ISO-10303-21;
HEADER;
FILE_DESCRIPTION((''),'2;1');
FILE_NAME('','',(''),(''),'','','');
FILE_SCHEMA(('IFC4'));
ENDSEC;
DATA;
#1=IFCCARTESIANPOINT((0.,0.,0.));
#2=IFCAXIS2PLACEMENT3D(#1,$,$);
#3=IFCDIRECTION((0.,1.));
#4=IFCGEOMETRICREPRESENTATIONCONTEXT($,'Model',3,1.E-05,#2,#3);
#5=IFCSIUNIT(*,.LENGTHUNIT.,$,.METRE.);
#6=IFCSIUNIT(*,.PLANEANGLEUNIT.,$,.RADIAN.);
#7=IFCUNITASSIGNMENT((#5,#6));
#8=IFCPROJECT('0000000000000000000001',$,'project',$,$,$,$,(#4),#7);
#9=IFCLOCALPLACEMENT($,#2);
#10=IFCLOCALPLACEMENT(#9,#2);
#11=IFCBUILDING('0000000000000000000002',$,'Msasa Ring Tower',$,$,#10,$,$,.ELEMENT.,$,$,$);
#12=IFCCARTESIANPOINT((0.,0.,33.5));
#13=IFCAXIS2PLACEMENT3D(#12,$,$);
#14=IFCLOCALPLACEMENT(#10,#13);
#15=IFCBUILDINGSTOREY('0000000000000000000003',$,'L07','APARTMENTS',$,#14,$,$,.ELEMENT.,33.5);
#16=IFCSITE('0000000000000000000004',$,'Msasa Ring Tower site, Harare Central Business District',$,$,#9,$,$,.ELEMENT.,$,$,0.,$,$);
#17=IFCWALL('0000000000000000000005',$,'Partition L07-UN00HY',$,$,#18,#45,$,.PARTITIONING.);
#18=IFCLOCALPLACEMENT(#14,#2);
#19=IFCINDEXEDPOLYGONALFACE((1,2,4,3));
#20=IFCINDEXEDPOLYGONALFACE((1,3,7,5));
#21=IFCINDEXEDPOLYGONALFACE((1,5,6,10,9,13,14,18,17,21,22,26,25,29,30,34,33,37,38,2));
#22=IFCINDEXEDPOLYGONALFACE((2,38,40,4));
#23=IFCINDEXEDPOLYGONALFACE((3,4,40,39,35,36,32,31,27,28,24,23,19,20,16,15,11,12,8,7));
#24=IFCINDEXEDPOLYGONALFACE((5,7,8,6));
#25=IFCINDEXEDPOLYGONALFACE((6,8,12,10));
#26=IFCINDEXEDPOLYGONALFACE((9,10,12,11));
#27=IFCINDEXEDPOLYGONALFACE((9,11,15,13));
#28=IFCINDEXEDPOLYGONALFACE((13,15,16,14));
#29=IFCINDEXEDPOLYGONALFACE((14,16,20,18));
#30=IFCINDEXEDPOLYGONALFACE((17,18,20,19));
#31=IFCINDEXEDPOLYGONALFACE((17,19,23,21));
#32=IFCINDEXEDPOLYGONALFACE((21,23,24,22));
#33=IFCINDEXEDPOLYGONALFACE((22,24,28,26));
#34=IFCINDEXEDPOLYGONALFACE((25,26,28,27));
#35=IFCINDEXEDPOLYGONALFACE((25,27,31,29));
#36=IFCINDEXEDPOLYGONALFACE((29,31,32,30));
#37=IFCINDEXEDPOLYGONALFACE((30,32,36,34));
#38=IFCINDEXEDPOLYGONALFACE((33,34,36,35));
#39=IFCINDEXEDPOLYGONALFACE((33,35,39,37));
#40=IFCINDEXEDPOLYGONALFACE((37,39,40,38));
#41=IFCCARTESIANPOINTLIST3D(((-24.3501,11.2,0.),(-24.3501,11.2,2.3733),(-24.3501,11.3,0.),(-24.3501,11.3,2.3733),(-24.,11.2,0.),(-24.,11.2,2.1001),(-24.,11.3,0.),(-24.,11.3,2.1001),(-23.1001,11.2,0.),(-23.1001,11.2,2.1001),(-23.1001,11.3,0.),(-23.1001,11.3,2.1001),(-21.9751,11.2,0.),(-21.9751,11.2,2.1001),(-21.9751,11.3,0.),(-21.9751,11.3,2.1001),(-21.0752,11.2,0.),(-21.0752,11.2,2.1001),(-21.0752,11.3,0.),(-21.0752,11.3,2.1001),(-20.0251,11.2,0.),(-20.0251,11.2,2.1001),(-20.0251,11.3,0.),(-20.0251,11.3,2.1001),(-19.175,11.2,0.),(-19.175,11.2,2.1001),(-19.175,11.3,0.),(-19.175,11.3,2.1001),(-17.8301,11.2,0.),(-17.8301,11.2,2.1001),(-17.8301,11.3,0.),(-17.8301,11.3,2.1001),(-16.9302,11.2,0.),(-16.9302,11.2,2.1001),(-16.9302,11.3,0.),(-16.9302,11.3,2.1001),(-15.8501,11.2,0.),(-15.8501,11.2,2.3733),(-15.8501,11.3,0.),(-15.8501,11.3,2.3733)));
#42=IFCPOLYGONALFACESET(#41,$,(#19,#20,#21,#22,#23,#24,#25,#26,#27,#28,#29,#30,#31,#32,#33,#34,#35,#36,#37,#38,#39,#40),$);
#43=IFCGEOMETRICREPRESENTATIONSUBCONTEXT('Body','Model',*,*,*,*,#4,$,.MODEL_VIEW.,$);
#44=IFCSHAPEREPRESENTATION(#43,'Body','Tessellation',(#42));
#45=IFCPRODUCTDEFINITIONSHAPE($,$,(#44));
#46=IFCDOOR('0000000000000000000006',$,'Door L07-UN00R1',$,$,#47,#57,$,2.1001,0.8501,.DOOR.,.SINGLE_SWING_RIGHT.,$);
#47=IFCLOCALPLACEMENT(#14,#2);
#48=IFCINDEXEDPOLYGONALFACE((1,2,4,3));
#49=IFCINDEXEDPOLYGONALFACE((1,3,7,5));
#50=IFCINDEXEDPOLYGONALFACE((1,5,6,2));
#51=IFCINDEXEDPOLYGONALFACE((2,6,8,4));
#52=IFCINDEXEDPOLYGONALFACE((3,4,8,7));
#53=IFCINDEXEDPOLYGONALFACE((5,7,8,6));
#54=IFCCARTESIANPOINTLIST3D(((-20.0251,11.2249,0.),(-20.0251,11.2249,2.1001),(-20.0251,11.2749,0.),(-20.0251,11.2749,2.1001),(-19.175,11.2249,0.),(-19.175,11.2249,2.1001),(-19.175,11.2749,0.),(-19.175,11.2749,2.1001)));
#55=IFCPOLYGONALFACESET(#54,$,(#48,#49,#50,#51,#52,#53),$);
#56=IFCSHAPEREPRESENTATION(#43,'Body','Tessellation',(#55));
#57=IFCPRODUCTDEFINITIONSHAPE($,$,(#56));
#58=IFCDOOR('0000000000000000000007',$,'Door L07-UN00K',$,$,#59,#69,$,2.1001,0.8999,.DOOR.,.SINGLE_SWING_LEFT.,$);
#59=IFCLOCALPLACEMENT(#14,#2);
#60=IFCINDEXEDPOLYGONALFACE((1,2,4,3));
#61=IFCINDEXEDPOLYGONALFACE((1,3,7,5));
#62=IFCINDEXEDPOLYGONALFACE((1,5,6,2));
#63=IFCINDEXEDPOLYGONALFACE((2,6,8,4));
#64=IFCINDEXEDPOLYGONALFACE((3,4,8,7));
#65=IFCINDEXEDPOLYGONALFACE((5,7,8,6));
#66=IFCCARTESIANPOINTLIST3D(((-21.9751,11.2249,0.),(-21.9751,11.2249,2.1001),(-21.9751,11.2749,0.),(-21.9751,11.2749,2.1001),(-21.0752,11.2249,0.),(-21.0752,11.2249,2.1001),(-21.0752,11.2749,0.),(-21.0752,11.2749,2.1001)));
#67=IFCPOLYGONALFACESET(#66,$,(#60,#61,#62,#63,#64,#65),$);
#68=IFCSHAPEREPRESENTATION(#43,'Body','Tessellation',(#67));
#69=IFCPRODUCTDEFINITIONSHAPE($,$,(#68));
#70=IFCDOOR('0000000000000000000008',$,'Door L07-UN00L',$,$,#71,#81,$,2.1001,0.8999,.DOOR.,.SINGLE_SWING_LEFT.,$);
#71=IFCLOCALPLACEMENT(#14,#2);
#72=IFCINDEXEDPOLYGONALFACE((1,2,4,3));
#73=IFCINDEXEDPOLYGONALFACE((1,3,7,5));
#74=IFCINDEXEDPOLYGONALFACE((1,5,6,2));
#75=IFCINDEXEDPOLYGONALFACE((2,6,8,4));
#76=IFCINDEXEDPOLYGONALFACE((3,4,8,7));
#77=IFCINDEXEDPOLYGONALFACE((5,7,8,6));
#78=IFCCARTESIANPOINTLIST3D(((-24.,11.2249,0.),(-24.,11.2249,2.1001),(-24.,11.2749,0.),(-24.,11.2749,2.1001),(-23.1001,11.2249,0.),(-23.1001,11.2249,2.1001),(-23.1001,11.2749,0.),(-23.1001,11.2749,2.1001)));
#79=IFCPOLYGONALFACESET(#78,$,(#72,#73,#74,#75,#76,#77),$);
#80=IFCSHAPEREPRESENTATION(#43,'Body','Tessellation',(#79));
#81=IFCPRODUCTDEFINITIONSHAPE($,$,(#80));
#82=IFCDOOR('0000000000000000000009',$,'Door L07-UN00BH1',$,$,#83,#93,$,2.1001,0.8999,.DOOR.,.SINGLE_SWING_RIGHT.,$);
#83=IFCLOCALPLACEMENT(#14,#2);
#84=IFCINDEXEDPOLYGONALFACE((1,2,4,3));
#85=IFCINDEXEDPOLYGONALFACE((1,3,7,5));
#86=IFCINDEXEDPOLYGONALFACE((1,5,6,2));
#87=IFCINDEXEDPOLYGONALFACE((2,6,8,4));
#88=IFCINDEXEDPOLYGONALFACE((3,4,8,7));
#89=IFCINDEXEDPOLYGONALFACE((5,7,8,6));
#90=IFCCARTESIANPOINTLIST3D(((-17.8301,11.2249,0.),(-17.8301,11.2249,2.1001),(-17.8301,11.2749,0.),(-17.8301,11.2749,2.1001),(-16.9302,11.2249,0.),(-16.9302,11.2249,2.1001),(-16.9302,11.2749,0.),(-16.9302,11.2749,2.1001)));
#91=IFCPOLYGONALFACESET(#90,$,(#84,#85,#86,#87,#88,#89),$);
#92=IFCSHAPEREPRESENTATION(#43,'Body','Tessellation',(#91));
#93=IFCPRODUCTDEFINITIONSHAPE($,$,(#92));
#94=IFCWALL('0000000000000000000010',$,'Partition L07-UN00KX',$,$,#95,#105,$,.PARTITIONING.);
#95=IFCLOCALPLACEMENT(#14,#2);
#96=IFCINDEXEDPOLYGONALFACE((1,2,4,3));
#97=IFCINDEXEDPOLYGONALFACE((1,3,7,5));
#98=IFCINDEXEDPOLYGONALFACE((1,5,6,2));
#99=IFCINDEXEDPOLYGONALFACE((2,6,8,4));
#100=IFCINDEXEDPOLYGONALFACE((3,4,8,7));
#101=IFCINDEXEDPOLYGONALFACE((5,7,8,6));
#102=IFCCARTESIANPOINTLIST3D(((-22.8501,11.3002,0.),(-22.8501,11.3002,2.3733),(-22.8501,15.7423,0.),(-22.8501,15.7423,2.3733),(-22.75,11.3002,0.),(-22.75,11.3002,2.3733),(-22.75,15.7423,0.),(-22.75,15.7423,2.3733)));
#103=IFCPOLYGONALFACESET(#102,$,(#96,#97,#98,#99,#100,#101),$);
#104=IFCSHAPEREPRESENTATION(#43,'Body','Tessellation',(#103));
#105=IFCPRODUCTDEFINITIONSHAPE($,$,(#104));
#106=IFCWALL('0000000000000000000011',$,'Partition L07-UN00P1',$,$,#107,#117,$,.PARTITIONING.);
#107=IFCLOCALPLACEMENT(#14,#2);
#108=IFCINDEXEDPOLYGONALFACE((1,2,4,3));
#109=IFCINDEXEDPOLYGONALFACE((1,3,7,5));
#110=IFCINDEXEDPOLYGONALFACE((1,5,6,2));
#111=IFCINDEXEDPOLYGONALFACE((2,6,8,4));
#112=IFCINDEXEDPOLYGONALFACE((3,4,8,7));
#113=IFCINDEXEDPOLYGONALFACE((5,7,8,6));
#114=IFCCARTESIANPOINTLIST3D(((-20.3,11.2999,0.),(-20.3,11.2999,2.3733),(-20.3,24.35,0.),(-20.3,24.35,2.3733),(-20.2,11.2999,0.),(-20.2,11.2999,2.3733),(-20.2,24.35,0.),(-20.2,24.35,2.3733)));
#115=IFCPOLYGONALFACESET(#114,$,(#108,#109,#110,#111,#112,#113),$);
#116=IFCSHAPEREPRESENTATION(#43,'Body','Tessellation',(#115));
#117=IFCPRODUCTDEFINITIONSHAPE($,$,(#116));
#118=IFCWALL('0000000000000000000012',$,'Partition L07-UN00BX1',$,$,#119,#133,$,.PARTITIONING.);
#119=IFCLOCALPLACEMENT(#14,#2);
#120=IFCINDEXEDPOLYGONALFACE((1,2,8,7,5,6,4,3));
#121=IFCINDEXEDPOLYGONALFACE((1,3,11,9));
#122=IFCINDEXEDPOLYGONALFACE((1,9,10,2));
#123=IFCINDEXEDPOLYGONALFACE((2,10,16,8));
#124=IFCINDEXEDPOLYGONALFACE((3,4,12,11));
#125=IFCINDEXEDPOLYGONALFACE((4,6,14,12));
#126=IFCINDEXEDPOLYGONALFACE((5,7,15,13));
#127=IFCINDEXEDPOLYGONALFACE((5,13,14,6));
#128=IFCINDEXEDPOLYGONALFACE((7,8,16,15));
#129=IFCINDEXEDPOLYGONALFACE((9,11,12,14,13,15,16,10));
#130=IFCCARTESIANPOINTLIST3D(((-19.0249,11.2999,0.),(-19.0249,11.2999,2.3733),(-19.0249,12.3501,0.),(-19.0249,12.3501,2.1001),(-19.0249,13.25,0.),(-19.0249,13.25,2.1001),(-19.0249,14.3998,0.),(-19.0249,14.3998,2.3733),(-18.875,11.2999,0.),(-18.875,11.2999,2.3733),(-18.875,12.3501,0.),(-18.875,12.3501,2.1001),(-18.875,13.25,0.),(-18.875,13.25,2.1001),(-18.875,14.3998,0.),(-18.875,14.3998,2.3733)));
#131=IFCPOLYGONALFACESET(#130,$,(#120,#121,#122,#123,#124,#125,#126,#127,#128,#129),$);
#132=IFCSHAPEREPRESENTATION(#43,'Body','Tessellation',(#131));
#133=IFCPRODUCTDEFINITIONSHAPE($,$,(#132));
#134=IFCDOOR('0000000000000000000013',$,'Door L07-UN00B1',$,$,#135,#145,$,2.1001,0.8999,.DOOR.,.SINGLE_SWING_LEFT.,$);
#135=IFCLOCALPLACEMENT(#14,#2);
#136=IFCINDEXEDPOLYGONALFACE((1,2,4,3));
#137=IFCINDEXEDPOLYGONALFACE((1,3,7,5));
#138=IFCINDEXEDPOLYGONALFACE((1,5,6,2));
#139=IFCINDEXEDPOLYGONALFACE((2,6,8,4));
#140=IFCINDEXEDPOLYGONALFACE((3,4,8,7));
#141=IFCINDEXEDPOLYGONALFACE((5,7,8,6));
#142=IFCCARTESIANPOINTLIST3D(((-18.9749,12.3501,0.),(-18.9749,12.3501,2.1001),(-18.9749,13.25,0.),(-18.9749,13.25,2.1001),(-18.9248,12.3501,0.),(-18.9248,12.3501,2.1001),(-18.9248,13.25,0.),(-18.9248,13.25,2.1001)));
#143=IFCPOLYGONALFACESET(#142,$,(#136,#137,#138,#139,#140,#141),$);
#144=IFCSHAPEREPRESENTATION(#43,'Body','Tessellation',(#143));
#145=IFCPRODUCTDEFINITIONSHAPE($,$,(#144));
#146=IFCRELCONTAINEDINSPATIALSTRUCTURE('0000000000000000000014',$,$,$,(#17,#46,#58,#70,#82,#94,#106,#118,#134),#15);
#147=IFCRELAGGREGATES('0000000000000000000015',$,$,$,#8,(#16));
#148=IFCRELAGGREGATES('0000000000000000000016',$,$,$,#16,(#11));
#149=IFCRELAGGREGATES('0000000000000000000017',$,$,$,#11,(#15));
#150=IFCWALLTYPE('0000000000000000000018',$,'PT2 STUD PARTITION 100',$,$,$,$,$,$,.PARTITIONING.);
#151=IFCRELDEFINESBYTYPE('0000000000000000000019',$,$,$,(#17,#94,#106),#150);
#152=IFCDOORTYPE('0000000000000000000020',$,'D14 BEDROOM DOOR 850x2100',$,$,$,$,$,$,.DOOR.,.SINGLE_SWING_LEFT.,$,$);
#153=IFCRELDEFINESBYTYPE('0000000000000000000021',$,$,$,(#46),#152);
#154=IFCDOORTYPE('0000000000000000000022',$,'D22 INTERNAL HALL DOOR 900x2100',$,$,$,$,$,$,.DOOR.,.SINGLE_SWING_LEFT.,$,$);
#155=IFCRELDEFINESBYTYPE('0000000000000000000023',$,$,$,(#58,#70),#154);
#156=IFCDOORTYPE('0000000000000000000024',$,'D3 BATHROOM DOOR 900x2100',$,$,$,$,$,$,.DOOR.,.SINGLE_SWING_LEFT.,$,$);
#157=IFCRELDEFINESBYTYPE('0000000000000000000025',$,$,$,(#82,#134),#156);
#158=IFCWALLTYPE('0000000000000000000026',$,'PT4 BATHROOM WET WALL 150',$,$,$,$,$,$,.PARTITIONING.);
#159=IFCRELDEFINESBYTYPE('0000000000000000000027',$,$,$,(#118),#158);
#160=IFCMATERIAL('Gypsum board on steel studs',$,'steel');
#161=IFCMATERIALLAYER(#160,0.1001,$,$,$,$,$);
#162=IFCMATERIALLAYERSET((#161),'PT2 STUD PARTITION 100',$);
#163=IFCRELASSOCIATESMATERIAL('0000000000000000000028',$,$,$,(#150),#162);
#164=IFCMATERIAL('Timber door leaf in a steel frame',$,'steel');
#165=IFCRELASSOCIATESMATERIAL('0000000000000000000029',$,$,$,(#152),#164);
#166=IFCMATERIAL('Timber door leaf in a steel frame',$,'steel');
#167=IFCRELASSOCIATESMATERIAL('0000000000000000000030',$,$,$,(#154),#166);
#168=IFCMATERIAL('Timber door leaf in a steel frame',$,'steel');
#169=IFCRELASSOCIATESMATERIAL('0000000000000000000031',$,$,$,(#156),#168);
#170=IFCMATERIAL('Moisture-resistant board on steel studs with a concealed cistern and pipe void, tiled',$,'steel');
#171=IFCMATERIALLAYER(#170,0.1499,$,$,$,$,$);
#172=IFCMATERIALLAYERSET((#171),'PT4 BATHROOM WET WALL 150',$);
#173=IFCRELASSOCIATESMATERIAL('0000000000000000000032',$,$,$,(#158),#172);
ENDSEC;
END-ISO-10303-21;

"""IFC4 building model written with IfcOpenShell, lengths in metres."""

from ifc_helpers import new_model, si_unit, direction, frame, frame_2d, origin, place, context, subcontext, project, spatial, rectangle, extrude, material, layer, layer_set, type_object, element, fill, save


model = new_model("IFC4")

# Units and contexts
model_context = context("Model", 3, precision=1e-05, world=origin(), true_north=direction((0.0, 1.0)))
body_context = subcontext(model_context, "Body", "Model", "MODEL_VIEW")
ifc_project = project(units=[si_unit("LENGTHUNIT", "METRE"), si_unit("PLANEANGLEUNIT", "RADIAN")], contexts=[model_context])

# Site, building, storey
site_placement = place(None, origin())
site = spatial("IfcSite", under=ifc_project, at=site_placement, Name="Msasa Ring Tower site, Harare Central Business District", CompositionType="ELEMENT", RefElevation=0.0)
building_placement = place(site_placement, origin())
building = spatial("IfcBuilding", under=site, at=building_placement, Name="Msasa Ring Tower", CompositionType="ELEMENT")
storey_placement = place(building_placement, frame((0.0, 0.0, 33.5)))
storey = spatial("IfcBuildingStorey", under=building, at=storey_placement, Name="L07", Description="APARTMENTS", CompositionType="ELEMENT", Elevation=33.5)

# Wall, openings, doors
ifc_material_1 = material(Name="Gypsum board on steel studs", Category="steel")
ifc_layer_1 = layer(ifc_material_1, 0.1001)
ifc_layer_set_1 = layer_set([ifc_layer_1], Name="PT2 STUD PARTITION 100")
wall_type_1 = type_object("IfcWallType", Name="PT2 STUD PARTITION 100", PredefinedType="PARTITIONING", material=ifc_layer_set_1)
wall_1_placement = place(storey_placement, frame((-24.3501, 11.25, 0.0), z_axis=(0.0, 0.0, 1.0), x_axis=(1.0, 0.0, 0.0)))
wall_1 = element("IfcWall", 1, at=wall_1_placement, inside=storey, type_object=wall_type_1, Name="Partition L07-UN00HY", PredefinedType="PARTITIONING", context=body_context, shape_type="SweptSolid", body=[
    extrude(rectangle(XDim=8.5, YDim=0.1001, at=frame_2d((4.25, 0.0))), origin(), (0.0, 0.0, 1.0), 2.3733),
])
opening_1_placement = place(wall_1_placement, frame((2.375, 0.0, 0.0)))
opening_1 = element("IfcOpeningElement", 2, at=opening_1_placement, cuts=wall_1, PredefinedType="OPENING", context=body_context, shape_type="SweptSolid", body=[
    extrude(rectangle(XDim=0.8999, YDim=2.1001, at=frame_2d((0.45, 1.05))), frame((0.0, 0.0601, 0.0), z_axis=(0.0, -1.0, 0.0), x_axis=(1.0, 0.0, 0.0)), (0.0, 0.0, 1.0), 0.1201),
])
opening_2_placement = place(wall_1_placement, frame((0.3501, 0.0, 0.0)))
opening_2 = element("IfcOpeningElement", 3, at=opening_2_placement, cuts=wall_1, PredefinedType="OPENING", context=body_context, shape_type="SweptSolid", body=[
    extrude(rectangle(XDim=0.8999, YDim=2.1001, at=frame_2d((0.45, 1.05))), frame((0.0, 0.0601, 0.0), z_axis=(0.0, -1.0, 0.0), x_axis=(1.0, 0.0, 0.0)), (0.0, 0.0, 1.0), 0.1201),
])
opening_3_placement = place(wall_1_placement, frame((4.325, 0.0, 0.0)))
opening_3 = element("IfcOpeningElement", 4, at=opening_3_placement, cuts=wall_1, PredefinedType="OPENING", context=body_context, shape_type="SweptSolid", body=[
    extrude(rectangle(XDim=0.8501, YDim=2.1001, at=frame_2d((0.425, 1.05))), frame((0.0, 0.0601, 0.0), z_axis=(0.0, -1.0, 0.0), x_axis=(1.0, 0.0, 0.0)), (0.0, 0.0, 1.0), 0.1201),
])
opening_4_placement = place(wall_1_placement, frame((6.52, 0.0, 0.0)))
opening_4 = element("IfcOpeningElement", 5, at=opening_4_placement, cuts=wall_1, PredefinedType="OPENING", context=body_context, shape_type="SweptSolid", body=[
    extrude(rectangle(XDim=0.8999, YDim=2.1001, at=frame_2d((0.45, 1.05))), frame((0.0, 0.0601, 0.0), z_axis=(0.0, -1.0, 0.0), x_axis=(1.0, 0.0, 0.0)), (0.0, 0.0, 1.0), 0.1201),
])
ifc_material_2 = material(Name="Timber door leaf in a steel frame", Category="steel")
door_type_1 = type_object("IfcDoorType", Name="D14 BEDROOM DOOR 850x2100", OperationType="SINGLE_SWING_LEFT", PredefinedType="DOOR", material=ifc_material_2)
door_1_placement = place(opening_3_placement, origin())
door_1 = element("IfcDoor", 6, at=door_1_placement, inside=storey, type_object=door_type_1, Name="Door L07-UN00R1", OperationType="SINGLE_SWING_RIGHT", OverallHeight=2.1001, OverallWidth=0.8501, PredefinedType="DOOR", context=body_context, shape_type="SweptSolid", body=[
    extrude(rectangle(XDim=0.8501, YDim=2.1001, at=frame_2d((0.425, 1.05))), frame((0.0, 0.0249, 0.0), z_axis=(0.0, -1.0, 0.0), x_axis=(1.0, 0.0, 0.0)), (0.0, 0.0, 1.0), 0.05),
])
fill(opening_3, door_1)
ifc_material_3 = material(Name="Timber door leaf in a steel frame", Category="steel")
door_type_2 = type_object("IfcDoorType", Name="D22 INTERNAL HALL DOOR 900x2100", OperationType="SINGLE_SWING_LEFT", PredefinedType="DOOR", material=ifc_material_3)
door_2_placement = place(opening_1_placement, origin())
door_2 = element("IfcDoor", 7, at=door_2_placement, inside=storey, type_object=door_type_2, Name="Door L07-UN00K", OperationType="SINGLE_SWING_LEFT", OverallHeight=2.1001, OverallWidth=0.8999, PredefinedType="DOOR", context=body_context, shape_type="SweptSolid", body=[
    extrude(rectangle(XDim=0.8999, YDim=2.1001, at=frame_2d((0.45, 1.05))), frame((0.0, 0.0249, 0.0), z_axis=(0.0, -1.0, 0.0), x_axis=(1.0, 0.0, 0.0)), (0.0, 0.0, 1.0), 0.05),
])
fill(opening_1, door_2)
door_3_placement = place(opening_2_placement, origin())
door_3 = element("IfcDoor", 8, at=door_3_placement, inside=storey, type_object=door_type_2, Name="Door L07-UN00L", OperationType="SINGLE_SWING_LEFT", OverallHeight=2.1001, OverallWidth=0.8999, PredefinedType="DOOR", context=body_context, shape_type="SweptSolid", body=[
    extrude(rectangle(XDim=0.8999, YDim=2.1001, at=frame_2d((0.45, 1.05))), frame((0.0, 0.0249, 0.0), z_axis=(0.0, -1.0, 0.0), x_axis=(1.0, 0.0, 0.0)), (0.0, 0.0, 1.0), 0.05),
])
fill(opening_2, door_3)
ifc_material_4 = material(Name="Timber door leaf in a steel frame", Category="steel")
door_type_3 = type_object("IfcDoorType", Name="D3 BATHROOM DOOR 900x2100", OperationType="SINGLE_SWING_LEFT", PredefinedType="DOOR", material=ifc_material_4)
door_4_placement = place(opening_4_placement, origin())
door_4 = element("IfcDoor", 9, at=door_4_placement, inside=storey, type_object=door_type_3, Name="Door L07-UN00BH1", OperationType="SINGLE_SWING_RIGHT", OverallHeight=2.1001, OverallWidth=0.8999, PredefinedType="DOOR", context=body_context, shape_type="SweptSolid", body=[
    extrude(rectangle(XDim=0.8999, YDim=2.1001, at=frame_2d((0.45, 1.05))), frame((0.0, 0.0249, 0.0), z_axis=(0.0, -1.0, 0.0), x_axis=(1.0, 0.0, 0.0)), (0.0, 0.0, 1.0), 0.05),
])
fill(opening_4, door_4)

# Walls
wall_2_placement = place(storey_placement, frame((-22.8, 11.3, 0.0), z_axis=(0.0, 0.0, 1.0), x_axis=(0.0, 1.0, 0.0)))
element("IfcWall", 10, at=wall_2_placement, inside=storey, type_object=wall_type_1, Name="Partition L07-UN00KX", PredefinedType="PARTITIONING", context=body_context, shape_type="SweptSolid", body=[
    extrude(rectangle(XDim=4.4421, YDim=0.1001, at=frame_2d((2.2212, 0.0))), origin(), (0.0, 0.0, 1.0), 2.3733),
])
wall_3_placement = place(storey_placement, frame((-20.25, 11.3, 0.0), z_axis=(0.0, 0.0, 1.0), x_axis=(0.0, 1.0, 0.0)))
element("IfcWall", 11, at=wall_3_placement, inside=storey, type_object=wall_type_1, Name="Partition L07-UN00P1", PredefinedType="PARTITIONING", context=body_context, shape_type="SweptSolid", body=[
    extrude(rectangle(XDim=13.05, YDim=0.1001, at=frame_2d((6.5249, 0.0))), origin(), (0.0, 0.0, 1.0), 2.3733),
])

# Wall, opening, door
ifc_material_5 = material(Name="Moisture-resistant board on steel studs with a concealed cistern and pipe void, tiled", Category="steel")
ifc_layer_2 = layer(ifc_material_5, 0.1499)
ifc_layer_set_2 = layer_set([ifc_layer_2], Name="PT4 BATHROOM WET WALL 150")
wall_type_2 = type_object("IfcWallType", Name="PT4 BATHROOM WET WALL 150", PredefinedType="PARTITIONING", material=ifc_layer_set_2)
wall_4_placement = place(storey_placement, frame((-18.95, 11.3, 0.0), z_axis=(0.0, 0.0, 1.0), x_axis=(0.0, 1.0, 0.0)))
wall_4 = element("IfcWall", 12, at=wall_4_placement, inside=storey, type_object=wall_type_2, Name="Partition L07-UN00BX1", PredefinedType="PARTITIONING", context=body_context, shape_type="SweptSolid", body=[
    extrude(rectangle(XDim=3.0999, YDim=0.1499, at=frame_2d((1.5498, 0.0))), origin(), (0.0, 0.0, 1.0), 2.3733),
])
opening_5_placement = place(wall_4_placement, frame((1.05, 0.0, 0.0)))
opening_5 = element("IfcOpeningElement", 13, at=opening_5_placement, cuts=wall_4, PredefinedType="OPENING", context=body_context, shape_type="SweptSolid", body=[
    extrude(rectangle(XDim=0.8999, YDim=2.1001, at=frame_2d((0.45, 1.05))), frame((0.0, 0.085, 0.0), z_axis=(0.0, -1.0, 0.0), x_axis=(1.0, 0.0, 0.0)), (0.0, 0.0, 1.0), 0.1699),
])
door_5_placement = place(opening_5_placement, origin())
door_5 = element("IfcDoor", 14, at=door_5_placement, inside=storey, type_object=door_type_3, Name="Door L07-UN00B1", OperationType="SINGLE_SWING_LEFT", OverallHeight=2.1001, OverallWidth=0.8999, PredefinedType="DOOR", context=body_context, shape_type="SweptSolid", body=[
    extrude(rectangle(XDim=0.8999, YDim=2.1001, at=frame_2d((0.45, 1.05))), frame((0.0, 0.0249, 0.0), z_axis=(0.0, -1.0, 0.0), x_axis=(1.0, 0.0, 0.0)), (0.0, 0.0, 1.0), 0.05),
])
fill(opening_5, door_5)

save(model, "model.ifc")
